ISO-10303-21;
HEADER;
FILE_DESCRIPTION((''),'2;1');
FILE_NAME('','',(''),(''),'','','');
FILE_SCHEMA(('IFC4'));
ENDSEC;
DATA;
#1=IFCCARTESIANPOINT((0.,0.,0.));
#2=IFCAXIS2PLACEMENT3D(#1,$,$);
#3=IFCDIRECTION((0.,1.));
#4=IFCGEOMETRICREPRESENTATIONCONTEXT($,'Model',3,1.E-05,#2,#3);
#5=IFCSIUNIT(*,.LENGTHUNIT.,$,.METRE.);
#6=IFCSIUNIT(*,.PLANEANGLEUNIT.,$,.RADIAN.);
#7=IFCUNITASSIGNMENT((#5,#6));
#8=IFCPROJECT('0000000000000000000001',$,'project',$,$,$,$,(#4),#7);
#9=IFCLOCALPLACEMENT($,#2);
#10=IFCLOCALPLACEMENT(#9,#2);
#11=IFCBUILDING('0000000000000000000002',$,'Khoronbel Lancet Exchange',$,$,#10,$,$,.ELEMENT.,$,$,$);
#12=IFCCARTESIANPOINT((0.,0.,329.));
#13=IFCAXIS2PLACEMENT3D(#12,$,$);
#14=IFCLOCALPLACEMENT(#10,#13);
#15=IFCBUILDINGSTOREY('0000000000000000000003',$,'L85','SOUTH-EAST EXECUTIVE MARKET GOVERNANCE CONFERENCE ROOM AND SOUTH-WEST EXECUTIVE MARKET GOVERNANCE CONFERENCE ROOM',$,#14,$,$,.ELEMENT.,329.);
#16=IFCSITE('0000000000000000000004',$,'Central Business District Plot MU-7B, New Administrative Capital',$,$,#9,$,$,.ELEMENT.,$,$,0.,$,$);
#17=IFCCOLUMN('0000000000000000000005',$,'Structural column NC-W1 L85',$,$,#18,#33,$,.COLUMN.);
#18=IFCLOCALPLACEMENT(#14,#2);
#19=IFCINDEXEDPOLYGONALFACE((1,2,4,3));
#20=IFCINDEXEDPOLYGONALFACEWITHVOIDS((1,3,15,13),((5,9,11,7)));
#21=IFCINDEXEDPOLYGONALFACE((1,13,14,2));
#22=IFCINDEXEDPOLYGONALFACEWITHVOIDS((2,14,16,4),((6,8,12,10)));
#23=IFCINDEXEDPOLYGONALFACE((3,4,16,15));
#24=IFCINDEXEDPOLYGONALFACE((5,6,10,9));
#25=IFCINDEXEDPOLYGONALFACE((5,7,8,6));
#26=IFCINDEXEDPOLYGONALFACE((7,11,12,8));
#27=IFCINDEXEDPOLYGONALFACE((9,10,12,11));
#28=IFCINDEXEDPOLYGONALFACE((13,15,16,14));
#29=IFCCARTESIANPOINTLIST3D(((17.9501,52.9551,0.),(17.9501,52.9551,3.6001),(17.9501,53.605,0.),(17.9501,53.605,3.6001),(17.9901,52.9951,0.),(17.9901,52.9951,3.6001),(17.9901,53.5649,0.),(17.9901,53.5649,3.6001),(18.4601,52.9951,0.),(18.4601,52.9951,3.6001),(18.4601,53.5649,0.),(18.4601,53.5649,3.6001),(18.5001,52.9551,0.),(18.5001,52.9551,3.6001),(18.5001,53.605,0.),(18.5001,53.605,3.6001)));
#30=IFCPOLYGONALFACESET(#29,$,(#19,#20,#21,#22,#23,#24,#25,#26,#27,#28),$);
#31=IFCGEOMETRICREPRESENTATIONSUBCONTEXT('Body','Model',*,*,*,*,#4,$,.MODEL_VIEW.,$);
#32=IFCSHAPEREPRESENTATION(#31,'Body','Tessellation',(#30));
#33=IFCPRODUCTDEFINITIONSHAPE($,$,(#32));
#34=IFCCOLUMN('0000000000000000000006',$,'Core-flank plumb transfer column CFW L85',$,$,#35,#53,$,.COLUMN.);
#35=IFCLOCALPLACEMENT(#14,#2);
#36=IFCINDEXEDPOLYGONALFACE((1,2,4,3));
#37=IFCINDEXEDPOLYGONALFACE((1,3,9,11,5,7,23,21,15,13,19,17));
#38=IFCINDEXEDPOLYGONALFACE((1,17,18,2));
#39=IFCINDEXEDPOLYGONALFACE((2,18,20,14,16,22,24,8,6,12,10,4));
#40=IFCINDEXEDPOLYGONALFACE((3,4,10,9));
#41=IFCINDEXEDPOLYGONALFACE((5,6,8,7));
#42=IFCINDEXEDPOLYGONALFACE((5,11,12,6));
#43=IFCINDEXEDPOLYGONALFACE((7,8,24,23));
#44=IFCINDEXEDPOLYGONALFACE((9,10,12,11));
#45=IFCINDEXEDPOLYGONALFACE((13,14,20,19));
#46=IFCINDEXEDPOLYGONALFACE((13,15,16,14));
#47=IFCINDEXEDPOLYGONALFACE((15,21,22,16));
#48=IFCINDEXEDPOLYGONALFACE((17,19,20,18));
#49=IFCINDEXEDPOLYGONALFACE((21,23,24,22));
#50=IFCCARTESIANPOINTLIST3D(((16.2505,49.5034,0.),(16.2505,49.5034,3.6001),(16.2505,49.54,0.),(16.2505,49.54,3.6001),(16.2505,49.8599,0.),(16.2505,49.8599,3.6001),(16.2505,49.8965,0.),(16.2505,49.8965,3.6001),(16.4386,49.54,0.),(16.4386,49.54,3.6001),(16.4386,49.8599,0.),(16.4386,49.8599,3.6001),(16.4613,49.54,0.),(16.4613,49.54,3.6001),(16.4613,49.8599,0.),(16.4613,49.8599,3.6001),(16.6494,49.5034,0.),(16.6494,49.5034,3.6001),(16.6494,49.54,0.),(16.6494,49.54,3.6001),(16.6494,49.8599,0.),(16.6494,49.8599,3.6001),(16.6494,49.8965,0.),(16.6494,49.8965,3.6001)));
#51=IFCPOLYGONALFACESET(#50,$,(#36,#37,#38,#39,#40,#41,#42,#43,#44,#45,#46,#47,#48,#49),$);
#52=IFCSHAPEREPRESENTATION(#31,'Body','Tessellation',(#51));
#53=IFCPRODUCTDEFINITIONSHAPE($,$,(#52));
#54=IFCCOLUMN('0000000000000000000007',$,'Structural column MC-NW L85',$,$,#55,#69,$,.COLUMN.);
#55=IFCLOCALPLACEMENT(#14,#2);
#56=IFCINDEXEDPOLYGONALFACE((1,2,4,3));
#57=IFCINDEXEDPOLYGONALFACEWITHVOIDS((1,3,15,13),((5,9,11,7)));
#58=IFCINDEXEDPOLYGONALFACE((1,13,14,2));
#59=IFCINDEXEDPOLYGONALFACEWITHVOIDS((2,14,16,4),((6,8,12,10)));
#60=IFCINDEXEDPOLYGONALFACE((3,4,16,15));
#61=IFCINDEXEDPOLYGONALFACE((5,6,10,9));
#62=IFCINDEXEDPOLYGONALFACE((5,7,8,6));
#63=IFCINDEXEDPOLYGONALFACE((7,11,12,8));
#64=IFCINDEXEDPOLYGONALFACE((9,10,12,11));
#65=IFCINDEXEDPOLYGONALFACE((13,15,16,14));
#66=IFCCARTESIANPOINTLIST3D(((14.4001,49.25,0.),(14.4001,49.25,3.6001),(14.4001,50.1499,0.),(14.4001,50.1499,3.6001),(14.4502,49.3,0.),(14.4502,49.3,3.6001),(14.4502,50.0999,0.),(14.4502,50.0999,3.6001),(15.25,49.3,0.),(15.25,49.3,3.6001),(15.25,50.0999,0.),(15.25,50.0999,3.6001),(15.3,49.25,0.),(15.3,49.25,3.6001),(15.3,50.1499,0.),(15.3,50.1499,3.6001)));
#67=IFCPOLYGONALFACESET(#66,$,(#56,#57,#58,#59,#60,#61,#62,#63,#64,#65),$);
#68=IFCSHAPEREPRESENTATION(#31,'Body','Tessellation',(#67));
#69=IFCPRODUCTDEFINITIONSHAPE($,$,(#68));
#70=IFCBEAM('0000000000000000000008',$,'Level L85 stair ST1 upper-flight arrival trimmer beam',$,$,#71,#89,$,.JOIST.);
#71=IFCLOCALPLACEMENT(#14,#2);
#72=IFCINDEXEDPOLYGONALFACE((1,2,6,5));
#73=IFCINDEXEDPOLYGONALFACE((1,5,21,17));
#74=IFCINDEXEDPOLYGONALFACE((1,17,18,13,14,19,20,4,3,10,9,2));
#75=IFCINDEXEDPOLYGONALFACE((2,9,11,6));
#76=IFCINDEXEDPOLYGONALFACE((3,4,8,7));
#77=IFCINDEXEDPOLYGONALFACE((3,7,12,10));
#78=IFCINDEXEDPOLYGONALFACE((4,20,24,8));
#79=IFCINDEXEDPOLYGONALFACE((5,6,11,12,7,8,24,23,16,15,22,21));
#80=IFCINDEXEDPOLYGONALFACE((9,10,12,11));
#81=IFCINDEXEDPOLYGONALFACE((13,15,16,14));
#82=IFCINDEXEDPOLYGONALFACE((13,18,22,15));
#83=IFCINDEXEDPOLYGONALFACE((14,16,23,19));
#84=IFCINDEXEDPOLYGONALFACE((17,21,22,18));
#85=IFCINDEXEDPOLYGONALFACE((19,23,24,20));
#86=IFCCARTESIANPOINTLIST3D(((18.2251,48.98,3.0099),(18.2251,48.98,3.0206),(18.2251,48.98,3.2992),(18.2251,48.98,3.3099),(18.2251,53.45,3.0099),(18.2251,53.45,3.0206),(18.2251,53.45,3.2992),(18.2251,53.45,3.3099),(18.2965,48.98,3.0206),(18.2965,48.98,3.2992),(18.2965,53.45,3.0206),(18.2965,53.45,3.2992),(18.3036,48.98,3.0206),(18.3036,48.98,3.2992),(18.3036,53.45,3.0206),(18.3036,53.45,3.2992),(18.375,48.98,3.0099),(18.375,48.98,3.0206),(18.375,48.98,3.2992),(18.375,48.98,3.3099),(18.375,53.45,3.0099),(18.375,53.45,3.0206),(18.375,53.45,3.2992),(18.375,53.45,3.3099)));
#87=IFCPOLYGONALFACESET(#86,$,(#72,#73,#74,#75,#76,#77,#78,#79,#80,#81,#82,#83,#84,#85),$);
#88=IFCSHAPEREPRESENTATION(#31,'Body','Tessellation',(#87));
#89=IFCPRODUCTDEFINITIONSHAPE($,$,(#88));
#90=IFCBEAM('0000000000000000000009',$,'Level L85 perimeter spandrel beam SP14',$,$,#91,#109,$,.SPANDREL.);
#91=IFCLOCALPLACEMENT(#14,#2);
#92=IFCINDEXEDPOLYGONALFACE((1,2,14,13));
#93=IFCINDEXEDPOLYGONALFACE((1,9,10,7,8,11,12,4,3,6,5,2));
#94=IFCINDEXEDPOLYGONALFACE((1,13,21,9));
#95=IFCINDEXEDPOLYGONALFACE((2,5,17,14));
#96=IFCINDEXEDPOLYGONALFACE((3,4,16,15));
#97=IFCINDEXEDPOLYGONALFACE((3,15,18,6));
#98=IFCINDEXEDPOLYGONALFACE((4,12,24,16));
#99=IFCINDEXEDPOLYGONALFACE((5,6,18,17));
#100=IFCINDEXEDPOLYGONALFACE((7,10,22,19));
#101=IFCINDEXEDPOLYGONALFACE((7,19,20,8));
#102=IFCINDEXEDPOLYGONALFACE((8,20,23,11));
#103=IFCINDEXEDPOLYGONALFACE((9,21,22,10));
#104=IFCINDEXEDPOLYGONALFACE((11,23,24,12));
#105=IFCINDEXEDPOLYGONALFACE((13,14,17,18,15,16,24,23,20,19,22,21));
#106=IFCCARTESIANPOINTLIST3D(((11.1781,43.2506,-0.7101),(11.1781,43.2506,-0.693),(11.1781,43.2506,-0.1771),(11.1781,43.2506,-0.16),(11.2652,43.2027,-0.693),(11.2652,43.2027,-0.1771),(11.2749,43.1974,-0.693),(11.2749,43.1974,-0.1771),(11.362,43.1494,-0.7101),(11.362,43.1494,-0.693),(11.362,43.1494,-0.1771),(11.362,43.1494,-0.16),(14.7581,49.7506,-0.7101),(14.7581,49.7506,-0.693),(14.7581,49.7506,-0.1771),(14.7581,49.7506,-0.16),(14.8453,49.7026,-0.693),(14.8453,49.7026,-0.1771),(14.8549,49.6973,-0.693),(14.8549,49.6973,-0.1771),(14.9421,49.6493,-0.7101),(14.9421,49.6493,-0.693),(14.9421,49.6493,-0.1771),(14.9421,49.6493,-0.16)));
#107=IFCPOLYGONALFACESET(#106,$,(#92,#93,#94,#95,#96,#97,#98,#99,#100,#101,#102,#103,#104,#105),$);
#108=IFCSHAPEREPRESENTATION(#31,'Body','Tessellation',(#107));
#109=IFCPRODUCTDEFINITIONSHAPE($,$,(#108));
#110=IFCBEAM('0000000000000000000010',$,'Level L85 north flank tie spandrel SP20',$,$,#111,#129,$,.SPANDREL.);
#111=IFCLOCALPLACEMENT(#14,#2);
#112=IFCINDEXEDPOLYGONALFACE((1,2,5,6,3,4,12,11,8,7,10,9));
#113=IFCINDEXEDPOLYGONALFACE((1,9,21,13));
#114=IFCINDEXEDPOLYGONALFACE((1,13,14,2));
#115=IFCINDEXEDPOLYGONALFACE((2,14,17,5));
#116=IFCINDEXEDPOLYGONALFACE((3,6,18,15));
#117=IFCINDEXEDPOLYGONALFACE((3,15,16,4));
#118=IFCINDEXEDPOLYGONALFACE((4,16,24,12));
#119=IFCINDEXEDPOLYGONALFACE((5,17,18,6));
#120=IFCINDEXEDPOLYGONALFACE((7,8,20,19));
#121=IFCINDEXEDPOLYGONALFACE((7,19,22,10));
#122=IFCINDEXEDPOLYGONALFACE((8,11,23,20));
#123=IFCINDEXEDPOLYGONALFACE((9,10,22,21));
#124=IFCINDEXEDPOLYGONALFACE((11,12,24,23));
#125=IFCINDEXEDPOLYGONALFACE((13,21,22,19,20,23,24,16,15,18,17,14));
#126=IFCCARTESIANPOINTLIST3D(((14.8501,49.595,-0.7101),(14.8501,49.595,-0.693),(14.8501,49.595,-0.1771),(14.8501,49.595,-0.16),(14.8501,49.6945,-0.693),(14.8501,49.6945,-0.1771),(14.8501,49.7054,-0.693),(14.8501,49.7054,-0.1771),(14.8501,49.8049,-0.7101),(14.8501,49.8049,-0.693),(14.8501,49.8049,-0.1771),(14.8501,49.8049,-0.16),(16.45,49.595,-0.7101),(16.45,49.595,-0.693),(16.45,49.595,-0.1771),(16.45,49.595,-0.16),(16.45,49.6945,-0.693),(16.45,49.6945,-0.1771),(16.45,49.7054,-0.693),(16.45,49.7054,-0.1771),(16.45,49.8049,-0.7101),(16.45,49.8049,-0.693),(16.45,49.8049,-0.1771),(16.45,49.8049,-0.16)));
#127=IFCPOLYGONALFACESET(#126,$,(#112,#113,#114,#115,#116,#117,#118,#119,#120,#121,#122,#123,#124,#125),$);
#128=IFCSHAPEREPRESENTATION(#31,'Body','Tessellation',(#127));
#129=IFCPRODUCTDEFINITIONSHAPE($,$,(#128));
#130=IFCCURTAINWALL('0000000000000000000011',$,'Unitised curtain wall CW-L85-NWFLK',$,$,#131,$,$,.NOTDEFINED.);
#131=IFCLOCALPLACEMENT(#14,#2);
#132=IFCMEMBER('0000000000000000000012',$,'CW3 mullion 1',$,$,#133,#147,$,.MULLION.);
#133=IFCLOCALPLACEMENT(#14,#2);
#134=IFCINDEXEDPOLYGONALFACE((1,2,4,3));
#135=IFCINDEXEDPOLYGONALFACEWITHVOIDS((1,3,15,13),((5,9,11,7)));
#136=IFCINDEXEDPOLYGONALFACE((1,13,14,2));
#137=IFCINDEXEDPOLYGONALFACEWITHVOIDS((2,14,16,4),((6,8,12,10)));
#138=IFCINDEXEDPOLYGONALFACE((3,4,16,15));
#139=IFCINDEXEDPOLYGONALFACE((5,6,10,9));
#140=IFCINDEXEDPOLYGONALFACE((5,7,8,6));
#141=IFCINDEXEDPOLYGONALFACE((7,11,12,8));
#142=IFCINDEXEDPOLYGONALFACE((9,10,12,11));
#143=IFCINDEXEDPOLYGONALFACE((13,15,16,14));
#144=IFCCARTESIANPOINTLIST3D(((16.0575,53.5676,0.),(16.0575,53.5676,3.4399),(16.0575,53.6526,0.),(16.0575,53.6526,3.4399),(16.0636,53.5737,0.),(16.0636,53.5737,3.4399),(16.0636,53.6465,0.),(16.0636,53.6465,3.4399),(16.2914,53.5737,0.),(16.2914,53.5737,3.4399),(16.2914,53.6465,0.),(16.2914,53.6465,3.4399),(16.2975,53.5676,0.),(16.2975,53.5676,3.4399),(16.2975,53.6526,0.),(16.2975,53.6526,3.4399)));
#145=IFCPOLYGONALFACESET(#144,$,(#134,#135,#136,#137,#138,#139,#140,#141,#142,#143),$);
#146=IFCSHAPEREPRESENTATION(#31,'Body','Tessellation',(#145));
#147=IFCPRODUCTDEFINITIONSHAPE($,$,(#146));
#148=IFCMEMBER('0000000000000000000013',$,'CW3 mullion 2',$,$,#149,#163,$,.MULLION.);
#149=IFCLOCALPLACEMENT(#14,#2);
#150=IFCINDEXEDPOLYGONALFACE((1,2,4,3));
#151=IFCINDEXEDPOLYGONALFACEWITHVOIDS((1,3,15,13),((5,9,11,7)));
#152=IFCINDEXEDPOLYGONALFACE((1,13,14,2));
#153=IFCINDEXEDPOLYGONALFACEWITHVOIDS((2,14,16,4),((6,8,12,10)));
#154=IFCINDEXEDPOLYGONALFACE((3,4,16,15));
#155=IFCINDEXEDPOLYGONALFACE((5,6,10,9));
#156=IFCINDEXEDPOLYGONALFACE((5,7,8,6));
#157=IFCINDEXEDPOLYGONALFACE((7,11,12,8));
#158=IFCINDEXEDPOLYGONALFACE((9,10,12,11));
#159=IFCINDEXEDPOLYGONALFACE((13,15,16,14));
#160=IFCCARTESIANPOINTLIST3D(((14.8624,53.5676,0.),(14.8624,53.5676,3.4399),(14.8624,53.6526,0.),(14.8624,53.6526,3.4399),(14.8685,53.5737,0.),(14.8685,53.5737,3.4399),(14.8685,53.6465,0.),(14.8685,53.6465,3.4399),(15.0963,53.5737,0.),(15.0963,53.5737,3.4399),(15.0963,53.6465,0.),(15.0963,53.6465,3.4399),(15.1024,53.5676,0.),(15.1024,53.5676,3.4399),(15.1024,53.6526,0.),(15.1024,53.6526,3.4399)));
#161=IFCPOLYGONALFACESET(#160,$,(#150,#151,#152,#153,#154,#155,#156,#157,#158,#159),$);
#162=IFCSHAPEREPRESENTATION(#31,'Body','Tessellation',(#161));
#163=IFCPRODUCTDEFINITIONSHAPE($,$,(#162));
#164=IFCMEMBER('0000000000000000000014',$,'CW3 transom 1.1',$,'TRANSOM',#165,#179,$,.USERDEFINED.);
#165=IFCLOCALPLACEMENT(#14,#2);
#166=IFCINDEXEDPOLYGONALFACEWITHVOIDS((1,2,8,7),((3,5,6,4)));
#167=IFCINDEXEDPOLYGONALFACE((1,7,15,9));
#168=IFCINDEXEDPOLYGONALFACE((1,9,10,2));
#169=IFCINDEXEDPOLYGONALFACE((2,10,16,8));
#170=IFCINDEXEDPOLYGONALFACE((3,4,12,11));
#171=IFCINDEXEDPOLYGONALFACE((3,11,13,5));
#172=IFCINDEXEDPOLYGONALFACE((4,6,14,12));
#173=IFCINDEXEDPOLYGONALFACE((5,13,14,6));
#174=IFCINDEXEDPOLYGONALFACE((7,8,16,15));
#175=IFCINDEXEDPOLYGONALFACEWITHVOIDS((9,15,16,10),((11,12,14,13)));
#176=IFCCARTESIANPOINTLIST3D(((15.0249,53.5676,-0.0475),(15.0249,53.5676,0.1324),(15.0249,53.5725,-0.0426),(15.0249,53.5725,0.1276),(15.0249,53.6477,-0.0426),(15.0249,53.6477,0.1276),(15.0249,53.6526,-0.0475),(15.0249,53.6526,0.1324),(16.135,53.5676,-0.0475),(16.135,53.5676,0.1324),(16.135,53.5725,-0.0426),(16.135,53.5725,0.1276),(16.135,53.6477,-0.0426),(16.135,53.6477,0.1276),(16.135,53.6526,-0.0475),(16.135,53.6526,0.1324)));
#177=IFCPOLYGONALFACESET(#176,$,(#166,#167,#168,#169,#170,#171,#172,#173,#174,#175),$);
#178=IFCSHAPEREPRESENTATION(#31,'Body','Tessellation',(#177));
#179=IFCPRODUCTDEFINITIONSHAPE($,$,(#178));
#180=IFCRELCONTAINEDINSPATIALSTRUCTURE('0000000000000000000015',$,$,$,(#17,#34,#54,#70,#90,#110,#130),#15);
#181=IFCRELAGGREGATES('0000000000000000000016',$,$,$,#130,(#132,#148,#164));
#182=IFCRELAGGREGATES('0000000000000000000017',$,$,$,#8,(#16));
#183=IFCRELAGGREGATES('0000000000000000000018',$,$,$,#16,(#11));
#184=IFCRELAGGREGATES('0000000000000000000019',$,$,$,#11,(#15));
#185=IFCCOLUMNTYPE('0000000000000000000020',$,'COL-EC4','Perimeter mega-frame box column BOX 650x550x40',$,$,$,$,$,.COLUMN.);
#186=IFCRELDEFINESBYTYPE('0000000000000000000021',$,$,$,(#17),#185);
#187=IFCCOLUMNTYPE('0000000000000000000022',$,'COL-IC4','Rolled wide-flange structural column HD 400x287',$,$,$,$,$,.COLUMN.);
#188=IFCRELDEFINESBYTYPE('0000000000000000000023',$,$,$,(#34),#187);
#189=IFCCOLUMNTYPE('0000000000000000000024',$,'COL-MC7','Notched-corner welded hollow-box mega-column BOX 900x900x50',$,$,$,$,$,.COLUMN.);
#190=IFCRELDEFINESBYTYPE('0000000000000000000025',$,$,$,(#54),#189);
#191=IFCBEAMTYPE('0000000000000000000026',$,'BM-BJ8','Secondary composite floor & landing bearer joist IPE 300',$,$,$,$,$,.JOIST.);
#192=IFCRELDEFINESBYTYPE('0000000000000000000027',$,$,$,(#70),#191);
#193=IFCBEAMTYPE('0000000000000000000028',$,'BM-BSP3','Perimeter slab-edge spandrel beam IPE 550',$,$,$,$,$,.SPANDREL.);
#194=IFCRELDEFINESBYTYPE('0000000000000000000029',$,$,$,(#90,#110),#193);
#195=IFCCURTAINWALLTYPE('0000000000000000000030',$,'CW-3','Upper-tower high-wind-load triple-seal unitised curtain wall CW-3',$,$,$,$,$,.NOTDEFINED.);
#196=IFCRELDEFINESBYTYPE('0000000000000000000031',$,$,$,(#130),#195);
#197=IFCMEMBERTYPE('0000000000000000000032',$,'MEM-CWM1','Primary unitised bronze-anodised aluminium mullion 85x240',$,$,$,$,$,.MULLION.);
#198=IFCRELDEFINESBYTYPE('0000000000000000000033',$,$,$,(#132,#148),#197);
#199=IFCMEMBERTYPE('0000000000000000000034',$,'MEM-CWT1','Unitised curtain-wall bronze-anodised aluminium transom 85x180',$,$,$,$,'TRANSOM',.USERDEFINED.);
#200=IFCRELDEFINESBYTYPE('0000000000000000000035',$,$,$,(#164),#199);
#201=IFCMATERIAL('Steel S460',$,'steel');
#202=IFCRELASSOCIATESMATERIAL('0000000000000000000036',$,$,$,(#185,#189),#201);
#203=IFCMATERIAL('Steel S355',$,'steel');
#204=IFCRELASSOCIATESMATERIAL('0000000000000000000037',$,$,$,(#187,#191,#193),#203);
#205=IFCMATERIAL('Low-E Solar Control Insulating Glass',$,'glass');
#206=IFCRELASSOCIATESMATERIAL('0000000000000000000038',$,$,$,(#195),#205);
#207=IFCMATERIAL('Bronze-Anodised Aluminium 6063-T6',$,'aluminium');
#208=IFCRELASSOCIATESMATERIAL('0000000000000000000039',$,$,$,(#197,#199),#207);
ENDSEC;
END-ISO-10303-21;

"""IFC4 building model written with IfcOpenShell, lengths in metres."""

from ifc_helpers import new_model, si_unit, direction, frame, origin, origin_2d, place, context, subcontext, project, spatial, hollow_rectangle, i_section, extrude, material, material_profile, profile_set, type_object, element, aggregate, save


model = new_model("IFC4")

# Units and contexts
model_context = context("Model", 3, precision=1e-05, world=origin(), true_north=direction((0.0, 1.0)))
body_context = subcontext(model_context, "Body", "Model", "MODEL_VIEW")
ifc_project = project(units=[si_unit("LENGTHUNIT", "METRE"), si_unit("PLANEANGLEUNIT", "RADIAN")], contexts=[model_context])

# Site, building, storey
site_placement = place(None, origin())
site = spatial("IfcSite", under=ifc_project, at=site_placement, Name="Central Business District Plot MU-7B, New Administrative Capital", CompositionType="ELEMENT", RefElevation=0.0)
building_placement = place(site_placement, origin())
building = spatial("IfcBuilding", under=site, at=building_placement, Name="Khoronbel Lancet Exchange", CompositionType="ELEMENT")
storey_placement = place(building_placement, frame((0.0, 0.0, 329.0)))
storey = spatial("IfcBuildingStorey", under=building, at=storey_placement, Name="L85", Description="SOUTH-EAST EXECUTIVE MARKET GOVERNANCE CONFERENCE ROOM AND SOUTH-WEST EXECUTIVE MARKET GOVERNANCE CONFERENCE ROOM", CompositionType="ELEMENT", Elevation=329.0)

# Columns
ifc_material_1 = material(Name="Steel S460", Category="steel")
ifc_material_profile_1 = material_profile(ifc_material_1, hollow_rectangle(XDim=0.55, YDim=0.6499, WallThickness=0.04, at=origin_2d()), Name="BOX 650x550x40")
ifc_profile_set_1 = profile_set([ifc_material_profile_1], Name="Steel S460")
column_type_1 = type_object("IfcColumnType", Name="COL-EC4", Description="Perimeter mega-frame box column BOX 650x550x40", PredefinedType="COLUMN", material=ifc_profile_set_1)
column_1_placement = place(storey_placement, frame((18.2251, 53.28, 0.0), z_axis=(0.0, 0.0, 1.0), x_axis=(1.0, 0.0, 0.0)))
element("IfcColumn", 1, at=column_1_placement, inside=storey, type_object=column_type_1, Name="Structural column NC-W1 L85", PredefinedType="COLUMN", context=body_context, shape_type="SweptSolid", body=[
    extrude(hollow_rectangle(XDim=0.55, YDim=0.6499, WallThickness=0.04, at=origin_2d()), origin(), (0.0, 0.0, 1.0), 3.6001),
])
ifc_material_2 = material(Name="Steel S355", Category="steel")
ifc_material_profile_2 = material_profile(ifc_material_2, i_section(OverallWidth=0.3989, OverallDepth=0.3931, WebThickness=0.0227, FlangeThickness=0.0366, at=origin_2d()), Name="HD 400x287")
ifc_profile_set_2 = profile_set([ifc_material_profile_2], Name="Steel S355")
column_type_2 = type_object("IfcColumnType", Name="COL-IC4", Description="Rolled wide-flange structural column HD 400x287", PredefinedType="COLUMN", material=ifc_profile_set_2)
column_2_placement = place(storey_placement, frame((16.45, 49.7, 0.0), z_axis=(0.0, 0.0, 1.0), x_axis=(1.0, 0.0, 0.0)))
element("IfcColumn", 2, at=column_2_placement, inside=storey, type_object=column_type_2, Name="Core-flank plumb transfer column CFW L85", PredefinedType="COLUMN", context=body_context, shape_type="SweptSolid", body=[
    extrude(i_section(OverallWidth=0.3989, OverallDepth=0.3931, WebThickness=0.0227, FlangeThickness=0.0366, at=origin_2d()), origin(), (0.0, 0.0, 1.0), 3.6001),
])
ifc_material_profile_3 = material_profile(ifc_material_1, hollow_rectangle(XDim=0.8999, YDim=0.8999, WallThickness=0.05, at=origin_2d()), Name="BOX 900x900x50")
ifc_profile_set_3 = profile_set([ifc_material_profile_3], Name="Steel S460")
column_type_3 = type_object("IfcColumnType", Name="COL-MC7", Description="Notched-corner welded hollow-box mega-column BOX 900x900x50", PredefinedType="COLUMN", material=ifc_profile_set_3)
column_3_placement = place(storey_placement, frame((14.8501, 49.7, 0.0), z_axis=(0.0, 0.0, 1.0), x_axis=(1.0, 0.0, 0.0)))
element("IfcColumn", 3, at=column_3_placement, inside=storey, type_object=column_type_3, Name="Structural column MC-NW L85", PredefinedType="COLUMN", context=body_context, shape_type="SweptSolid", body=[
    extrude(hollow_rectangle(XDim=0.8999, YDim=0.8999, WallThickness=0.05, at=origin_2d()), origin(), (0.0, 0.0, 1.0), 3.6001),
])

# Beams
ifc_material_profile_4 = material_profile(ifc_material_2, i_section(OverallWidth=0.1499, OverallDepth=0.3, WebThickness=0.0071, FlangeThickness=0.0107, at=origin_2d()), Name="IPE 300")
ifc_profile_set_4 = profile_set([ifc_material_profile_4], Name="Steel S355")
beam_type_1 = type_object("IfcBeamType", Name="BM-BJ8", Description="Secondary composite floor & landing bearer joist IPE 300", PredefinedType="JOIST", material=ifc_profile_set_4)
beam_1_placement = place(storey_placement, frame((18.3, 48.98, 3.1599), z_axis=(0.0, 1.0, 0.0), x_axis=(-1.0, 0.0, 0.0)))
element("IfcBeam", 4, at=beam_1_placement, inside=storey, type_object=beam_type_1, Name="Level L85 stair ST1 upper-flight arrival trimmer beam", PredefinedType="JOIST", context=body_context, shape_type="SweptSolid", body=[
    extrude(i_section(OverallWidth=0.1499, OverallDepth=0.3, WebThickness=0.0071, FlangeThickness=0.0107, at=origin_2d()), origin(), (0.0, 0.0, 1.0), 4.47),
])
ifc_material_profile_5 = material_profile(ifc_material_2, i_section(OverallWidth=0.21, OverallDepth=0.55, WebThickness=0.011, FlangeThickness=0.0171, at=origin_2d()), Name="IPE 550")
ifc_profile_set_5 = profile_set([ifc_material_profile_5], Name="Steel S355")
beam_type_2 = type_object("IfcBeamType", Name="BM-BSP3", Description="Perimeter slab-edge spandrel beam IPE 550", PredefinedType="SPANDREL", material=ifc_profile_set_5)
beam_2_placement = place(storey_placement, frame((14.8501, 49.7, -0.4351), z_axis=(-0.482444, -0.875927, 0.0), x_axis=(0.875927, -0.482444, 0.0)))
element("IfcBeam", 5, at=beam_2_placement, inside=storey, type_object=beam_type_2, Name="Level L85 perimeter spandrel beam SP14", PredefinedType="SPANDREL", context=body_context, shape_type="SweptSolid", body=[
    extrude(i_section(OverallWidth=0.21, OverallDepth=0.55, WebThickness=0.011, FlangeThickness=0.0171, at=origin_2d()), origin(), (0.0, 0.0, 1.0), 7.4207),
])
beam_3_placement = place(storey_placement, frame((14.8501, 49.7, -0.4351), z_axis=(1.0, 0.0, 0.0), x_axis=(0.0, 1.0, 0.0)))
element("IfcBeam", 6, at=beam_3_placement, inside=storey, type_object=beam_type_2, Name="Level L85 north flank tie spandrel SP20", PredefinedType="SPANDREL", context=body_context, shape_type="SweptSolid", body=[
    extrude(i_section(OverallWidth=0.21, OverallDepth=0.55, WebThickness=0.011, FlangeThickness=0.0171, at=origin_2d()), origin(), (0.0, 0.0, 1.0), 1.5999),
])

# Curtain wall, members
ifc_material_3 = material(Name="Low-E Solar Control Insulating Glass", Category="glass")
curtain_wall_type = type_object("IfcCurtainWallType", Name="CW-3", Description="Upper-tower high-wind-load triple-seal unitised curtain wall CW-3", PredefinedType="NOTDEFINED", material=ifc_material_3)
curtain_wall_placement = place(storey_placement, origin())
curtain_wall = element("IfcCurtainWall", 7, at=curtain_wall_placement, inside=storey, type_object=curtain_wall_type, Name="Unitised curtain wall CW-L85-NWFLK", PredefinedType="NOTDEFINED")
ifc_material_4 = material(Name="Bronze-Anodised Aluminium 6063-T6", Category="aluminium")
ifc_material_profile_6 = material_profile(ifc_material_4, hollow_rectangle(XDim=0.085, YDim=0.24, WallThickness=0.0061, at=origin_2d()), Name="ALU MULLION 85x240")
ifc_profile_set_6 = profile_set([ifc_material_profile_6], Name="Bronze-Anodised Aluminium 6063-T6")
member_type_1 = type_object("IfcMemberType", Name="MEM-CWM1", Description="Primary unitised bronze-anodised aluminium mullion 85x240", PredefinedType="MULLION", material=ifc_profile_set_6)
member_1_placement = place(storey_placement, frame((16.1775, 53.6101, 0.0), z_axis=(0.0, 0.0, 1.0), x_axis=(0.0, -1.0, 0.0)))
member_1 = element("IfcMember", 8, at=member_1_placement, type_object=member_type_1, Name="CW3 mullion 1", PredefinedType="MULLION", context=body_context, shape_type="SweptSolid", body=[
    extrude(hollow_rectangle(XDim=0.085, YDim=0.24, WallThickness=0.0061, at=origin_2d()), origin(), (0.0, 0.0, 1.0), 3.4399),
])
member_2_placement = place(storey_placement, frame((14.9824, 53.6101, 0.0), z_axis=(0.0, 0.0, 1.0), x_axis=(0.0, -1.0, 0.0)))
member_2 = element("IfcMember", 9, at=member_2_placement, type_object=member_type_1, Name="CW3 mullion 2", PredefinedType="MULLION", context=body_context, shape_type="SweptSolid", body=[
    extrude(hollow_rectangle(XDim=0.085, YDim=0.24, WallThickness=0.0061, at=origin_2d()), origin(), (0.0, 0.0, 1.0), 3.4399),
])
ifc_material_profile_7 = material_profile(ifc_material_4, hollow_rectangle(XDim=0.085, YDim=0.1799, WallThickness=0.0049, at=origin_2d()), Name="ALU TRANSOM 85x180")
ifc_profile_set_7 = profile_set([ifc_material_profile_7], Name="Bronze-Anodised Aluminium 6063-T6")
member_type_2 = type_object("IfcMemberType", Name="MEM-CWT1", Description="Unitised curtain-wall bronze-anodised aluminium transom 85x180", ElementType="TRANSOM", PredefinedType="USERDEFINED", material=ifc_profile_set_7)
member_3_placement = place(storey_placement, frame((16.135, 53.6101, 0.0425), z_axis=(-1.0, 0.0, 0.0), x_axis=(0.0, -1.0, 0.0)))
member_3 = element("IfcMember", 10, at=member_3_placement, type_object=member_type_2, Name="CW3 transom 1.1", ObjectType="TRANSOM", PredefinedType="USERDEFINED", context=body_context, shape_type="SweptSolid", body=[
    extrude(hollow_rectangle(XDim=0.085, YDim=0.1799, WallThickness=0.0049, at=origin_2d()), origin(), (0.0, 0.0, 1.0), 1.1101),
])
aggregate(curtain_wall, [member_1, member_2, member_3])

save(model, "model.ifc")
